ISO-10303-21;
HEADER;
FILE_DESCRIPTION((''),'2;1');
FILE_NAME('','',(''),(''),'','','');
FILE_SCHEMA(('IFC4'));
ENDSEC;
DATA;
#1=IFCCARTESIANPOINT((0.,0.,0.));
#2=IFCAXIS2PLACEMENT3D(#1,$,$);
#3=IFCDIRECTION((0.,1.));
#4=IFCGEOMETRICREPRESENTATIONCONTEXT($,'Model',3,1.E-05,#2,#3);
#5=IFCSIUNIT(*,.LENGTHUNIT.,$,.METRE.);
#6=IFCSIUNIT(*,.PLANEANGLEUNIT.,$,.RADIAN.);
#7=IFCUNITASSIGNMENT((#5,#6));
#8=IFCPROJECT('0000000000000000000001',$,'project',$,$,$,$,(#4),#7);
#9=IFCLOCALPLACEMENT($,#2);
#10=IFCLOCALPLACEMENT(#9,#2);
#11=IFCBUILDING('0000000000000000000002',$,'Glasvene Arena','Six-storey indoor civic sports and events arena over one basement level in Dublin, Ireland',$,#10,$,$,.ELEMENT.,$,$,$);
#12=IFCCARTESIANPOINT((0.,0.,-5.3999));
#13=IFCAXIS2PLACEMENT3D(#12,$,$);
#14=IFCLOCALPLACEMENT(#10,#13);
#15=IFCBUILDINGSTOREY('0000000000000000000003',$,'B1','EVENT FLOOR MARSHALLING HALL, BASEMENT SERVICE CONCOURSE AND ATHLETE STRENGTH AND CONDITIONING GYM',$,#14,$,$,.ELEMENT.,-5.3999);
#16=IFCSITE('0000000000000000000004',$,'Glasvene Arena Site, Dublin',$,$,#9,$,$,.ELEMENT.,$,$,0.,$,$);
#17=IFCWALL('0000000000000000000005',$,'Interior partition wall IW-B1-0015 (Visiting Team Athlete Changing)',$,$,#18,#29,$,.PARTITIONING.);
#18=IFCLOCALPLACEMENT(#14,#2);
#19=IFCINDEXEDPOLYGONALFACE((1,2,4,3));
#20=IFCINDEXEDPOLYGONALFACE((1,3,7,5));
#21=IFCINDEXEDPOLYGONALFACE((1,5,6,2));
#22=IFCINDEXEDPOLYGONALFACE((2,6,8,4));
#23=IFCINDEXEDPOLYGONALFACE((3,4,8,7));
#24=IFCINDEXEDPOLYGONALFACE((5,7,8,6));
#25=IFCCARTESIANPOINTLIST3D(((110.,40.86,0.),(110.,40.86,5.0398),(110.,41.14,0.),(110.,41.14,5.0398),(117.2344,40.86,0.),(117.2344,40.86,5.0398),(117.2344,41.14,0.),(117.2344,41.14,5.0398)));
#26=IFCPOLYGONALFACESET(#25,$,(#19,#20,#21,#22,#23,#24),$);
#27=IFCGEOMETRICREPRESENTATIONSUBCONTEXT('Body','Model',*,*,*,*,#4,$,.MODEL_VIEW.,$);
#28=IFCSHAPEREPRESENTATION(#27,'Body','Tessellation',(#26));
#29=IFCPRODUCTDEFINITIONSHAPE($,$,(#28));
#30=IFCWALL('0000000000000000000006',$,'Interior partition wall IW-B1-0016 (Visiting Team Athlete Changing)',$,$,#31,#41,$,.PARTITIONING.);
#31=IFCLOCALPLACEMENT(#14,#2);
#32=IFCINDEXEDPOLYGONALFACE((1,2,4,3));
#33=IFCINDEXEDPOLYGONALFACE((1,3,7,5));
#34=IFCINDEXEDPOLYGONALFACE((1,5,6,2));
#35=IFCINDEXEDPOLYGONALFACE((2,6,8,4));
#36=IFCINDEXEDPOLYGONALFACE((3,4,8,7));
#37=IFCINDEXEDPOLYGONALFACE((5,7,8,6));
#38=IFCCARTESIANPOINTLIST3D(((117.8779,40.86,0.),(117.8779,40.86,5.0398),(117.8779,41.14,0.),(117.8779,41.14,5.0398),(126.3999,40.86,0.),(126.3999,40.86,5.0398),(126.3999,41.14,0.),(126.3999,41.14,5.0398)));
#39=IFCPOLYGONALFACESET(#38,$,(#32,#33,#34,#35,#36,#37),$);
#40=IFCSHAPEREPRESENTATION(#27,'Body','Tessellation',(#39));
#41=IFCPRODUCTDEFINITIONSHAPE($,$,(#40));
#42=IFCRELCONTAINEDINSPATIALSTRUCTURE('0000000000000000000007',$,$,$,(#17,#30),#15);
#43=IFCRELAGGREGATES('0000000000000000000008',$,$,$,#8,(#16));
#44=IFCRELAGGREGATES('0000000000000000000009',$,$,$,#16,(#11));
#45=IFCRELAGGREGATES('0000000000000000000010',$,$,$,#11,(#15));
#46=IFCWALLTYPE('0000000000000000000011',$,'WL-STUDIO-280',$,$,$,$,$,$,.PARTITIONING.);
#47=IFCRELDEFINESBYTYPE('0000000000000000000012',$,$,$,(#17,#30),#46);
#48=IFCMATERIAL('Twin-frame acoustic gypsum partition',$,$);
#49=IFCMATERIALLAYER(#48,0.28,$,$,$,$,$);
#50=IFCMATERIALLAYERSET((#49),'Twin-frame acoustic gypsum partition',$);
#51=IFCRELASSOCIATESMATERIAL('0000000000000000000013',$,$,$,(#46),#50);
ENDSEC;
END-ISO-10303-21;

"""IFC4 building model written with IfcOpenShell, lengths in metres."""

from ifc_helpers import new_model, si_unit, direction, frame, frame_2d, origin, place, context, subcontext, project, spatial, rectangle, extrude, material, layer, layer_set, type_object, element, save


model = new_model("IFC4")

# Units and contexts
model_context = context("Model", 3, precision=1e-05, world=origin(), true_north=direction((0.0, 1.0)))
body_context = subcontext(model_context, "Body", "Model", "MODEL_VIEW")
ifc_project = project(units=[si_unit("LENGTHUNIT", "METRE"), si_unit("PLANEANGLEUNIT", "RADIAN")], contexts=[model_context])

# Site, building, storey
site_placement = place(None, origin())
site = spatial("IfcSite", under=ifc_project, at=site_placement, Name="Glasvene Arena Site, Dublin", CompositionType="ELEMENT", RefElevation=0.0)
building_placement = place(site_placement, origin())
building = spatial("IfcBuilding", under=site, at=building_placement, Name="Glasvene Arena", Description="Six-storey indoor civic sports and events arena over one basement level in Dublin, Ireland", CompositionType="ELEMENT")
storey_placement = place(building_placement, frame((0.0, 0.0, -5.3999)))
storey = spatial("IfcBuildingStorey", under=building, at=storey_placement, Name="B1", Description="EVENT FLOOR MARSHALLING HALL, BASEMENT SERVICE CONCOURSE AND ATHLETE STRENGTH AND CONDITIONING GYM", CompositionType="ELEMENT", Elevation=-5.3999)

# Walls
ifc_material_1 = material(Name="Twin-frame acoustic gypsum partition")
ifc_layer = layer(ifc_material_1, 0.28)
ifc_layer_set = layer_set([ifc_layer], Name="Twin-frame acoustic gypsum partition")
wall_type = type_object("IfcWallType", Name="WL-STUDIO-280", PredefinedType="PARTITIONING", material=ifc_layer_set)
wall_1_placement = place(storey_placement, frame((110.0, 41.0, 0.0), z_axis=(0.0, 0.0, 1.0), x_axis=(1.0, 0.0, 0.0)))
element("IfcWall", 1, at=wall_1_placement, inside=storey, type_object=wall_type, Name="Interior partition wall IW-B1-0015 (Visiting Team Athlete Changing)", PredefinedType="PARTITIONING", context=body_context, shape_type="SweptSolid", body=[
    extrude(rectangle(XDim=7.2344, YDim=0.28, at=frame_2d((3.6172, 0.0))), origin(), (0.0, 0.0, 1.0), 5.0398),
])
wall_2_placement = place(storey_placement, frame((117.8779, 41.0, 0.0), z_axis=(0.0, 0.0, 1.0), x_axis=(1.0, 0.0, 0.0)))
element("IfcWall", 2, at=wall_2_placement, inside=storey, type_object=wall_type, Name="Interior partition wall IW-B1-0016 (Visiting Team Athlete Changing)", PredefinedType="PARTITIONING", context=body_context, shape_type="SweptSolid", body=[
    extrude(rectangle(XDim=8.522, YDim=0.28, at=frame_2d((4.261, 0.0))), origin(), (0.0, 0.0, 1.0), 5.0398),
])

save(model, "model.ifc")
